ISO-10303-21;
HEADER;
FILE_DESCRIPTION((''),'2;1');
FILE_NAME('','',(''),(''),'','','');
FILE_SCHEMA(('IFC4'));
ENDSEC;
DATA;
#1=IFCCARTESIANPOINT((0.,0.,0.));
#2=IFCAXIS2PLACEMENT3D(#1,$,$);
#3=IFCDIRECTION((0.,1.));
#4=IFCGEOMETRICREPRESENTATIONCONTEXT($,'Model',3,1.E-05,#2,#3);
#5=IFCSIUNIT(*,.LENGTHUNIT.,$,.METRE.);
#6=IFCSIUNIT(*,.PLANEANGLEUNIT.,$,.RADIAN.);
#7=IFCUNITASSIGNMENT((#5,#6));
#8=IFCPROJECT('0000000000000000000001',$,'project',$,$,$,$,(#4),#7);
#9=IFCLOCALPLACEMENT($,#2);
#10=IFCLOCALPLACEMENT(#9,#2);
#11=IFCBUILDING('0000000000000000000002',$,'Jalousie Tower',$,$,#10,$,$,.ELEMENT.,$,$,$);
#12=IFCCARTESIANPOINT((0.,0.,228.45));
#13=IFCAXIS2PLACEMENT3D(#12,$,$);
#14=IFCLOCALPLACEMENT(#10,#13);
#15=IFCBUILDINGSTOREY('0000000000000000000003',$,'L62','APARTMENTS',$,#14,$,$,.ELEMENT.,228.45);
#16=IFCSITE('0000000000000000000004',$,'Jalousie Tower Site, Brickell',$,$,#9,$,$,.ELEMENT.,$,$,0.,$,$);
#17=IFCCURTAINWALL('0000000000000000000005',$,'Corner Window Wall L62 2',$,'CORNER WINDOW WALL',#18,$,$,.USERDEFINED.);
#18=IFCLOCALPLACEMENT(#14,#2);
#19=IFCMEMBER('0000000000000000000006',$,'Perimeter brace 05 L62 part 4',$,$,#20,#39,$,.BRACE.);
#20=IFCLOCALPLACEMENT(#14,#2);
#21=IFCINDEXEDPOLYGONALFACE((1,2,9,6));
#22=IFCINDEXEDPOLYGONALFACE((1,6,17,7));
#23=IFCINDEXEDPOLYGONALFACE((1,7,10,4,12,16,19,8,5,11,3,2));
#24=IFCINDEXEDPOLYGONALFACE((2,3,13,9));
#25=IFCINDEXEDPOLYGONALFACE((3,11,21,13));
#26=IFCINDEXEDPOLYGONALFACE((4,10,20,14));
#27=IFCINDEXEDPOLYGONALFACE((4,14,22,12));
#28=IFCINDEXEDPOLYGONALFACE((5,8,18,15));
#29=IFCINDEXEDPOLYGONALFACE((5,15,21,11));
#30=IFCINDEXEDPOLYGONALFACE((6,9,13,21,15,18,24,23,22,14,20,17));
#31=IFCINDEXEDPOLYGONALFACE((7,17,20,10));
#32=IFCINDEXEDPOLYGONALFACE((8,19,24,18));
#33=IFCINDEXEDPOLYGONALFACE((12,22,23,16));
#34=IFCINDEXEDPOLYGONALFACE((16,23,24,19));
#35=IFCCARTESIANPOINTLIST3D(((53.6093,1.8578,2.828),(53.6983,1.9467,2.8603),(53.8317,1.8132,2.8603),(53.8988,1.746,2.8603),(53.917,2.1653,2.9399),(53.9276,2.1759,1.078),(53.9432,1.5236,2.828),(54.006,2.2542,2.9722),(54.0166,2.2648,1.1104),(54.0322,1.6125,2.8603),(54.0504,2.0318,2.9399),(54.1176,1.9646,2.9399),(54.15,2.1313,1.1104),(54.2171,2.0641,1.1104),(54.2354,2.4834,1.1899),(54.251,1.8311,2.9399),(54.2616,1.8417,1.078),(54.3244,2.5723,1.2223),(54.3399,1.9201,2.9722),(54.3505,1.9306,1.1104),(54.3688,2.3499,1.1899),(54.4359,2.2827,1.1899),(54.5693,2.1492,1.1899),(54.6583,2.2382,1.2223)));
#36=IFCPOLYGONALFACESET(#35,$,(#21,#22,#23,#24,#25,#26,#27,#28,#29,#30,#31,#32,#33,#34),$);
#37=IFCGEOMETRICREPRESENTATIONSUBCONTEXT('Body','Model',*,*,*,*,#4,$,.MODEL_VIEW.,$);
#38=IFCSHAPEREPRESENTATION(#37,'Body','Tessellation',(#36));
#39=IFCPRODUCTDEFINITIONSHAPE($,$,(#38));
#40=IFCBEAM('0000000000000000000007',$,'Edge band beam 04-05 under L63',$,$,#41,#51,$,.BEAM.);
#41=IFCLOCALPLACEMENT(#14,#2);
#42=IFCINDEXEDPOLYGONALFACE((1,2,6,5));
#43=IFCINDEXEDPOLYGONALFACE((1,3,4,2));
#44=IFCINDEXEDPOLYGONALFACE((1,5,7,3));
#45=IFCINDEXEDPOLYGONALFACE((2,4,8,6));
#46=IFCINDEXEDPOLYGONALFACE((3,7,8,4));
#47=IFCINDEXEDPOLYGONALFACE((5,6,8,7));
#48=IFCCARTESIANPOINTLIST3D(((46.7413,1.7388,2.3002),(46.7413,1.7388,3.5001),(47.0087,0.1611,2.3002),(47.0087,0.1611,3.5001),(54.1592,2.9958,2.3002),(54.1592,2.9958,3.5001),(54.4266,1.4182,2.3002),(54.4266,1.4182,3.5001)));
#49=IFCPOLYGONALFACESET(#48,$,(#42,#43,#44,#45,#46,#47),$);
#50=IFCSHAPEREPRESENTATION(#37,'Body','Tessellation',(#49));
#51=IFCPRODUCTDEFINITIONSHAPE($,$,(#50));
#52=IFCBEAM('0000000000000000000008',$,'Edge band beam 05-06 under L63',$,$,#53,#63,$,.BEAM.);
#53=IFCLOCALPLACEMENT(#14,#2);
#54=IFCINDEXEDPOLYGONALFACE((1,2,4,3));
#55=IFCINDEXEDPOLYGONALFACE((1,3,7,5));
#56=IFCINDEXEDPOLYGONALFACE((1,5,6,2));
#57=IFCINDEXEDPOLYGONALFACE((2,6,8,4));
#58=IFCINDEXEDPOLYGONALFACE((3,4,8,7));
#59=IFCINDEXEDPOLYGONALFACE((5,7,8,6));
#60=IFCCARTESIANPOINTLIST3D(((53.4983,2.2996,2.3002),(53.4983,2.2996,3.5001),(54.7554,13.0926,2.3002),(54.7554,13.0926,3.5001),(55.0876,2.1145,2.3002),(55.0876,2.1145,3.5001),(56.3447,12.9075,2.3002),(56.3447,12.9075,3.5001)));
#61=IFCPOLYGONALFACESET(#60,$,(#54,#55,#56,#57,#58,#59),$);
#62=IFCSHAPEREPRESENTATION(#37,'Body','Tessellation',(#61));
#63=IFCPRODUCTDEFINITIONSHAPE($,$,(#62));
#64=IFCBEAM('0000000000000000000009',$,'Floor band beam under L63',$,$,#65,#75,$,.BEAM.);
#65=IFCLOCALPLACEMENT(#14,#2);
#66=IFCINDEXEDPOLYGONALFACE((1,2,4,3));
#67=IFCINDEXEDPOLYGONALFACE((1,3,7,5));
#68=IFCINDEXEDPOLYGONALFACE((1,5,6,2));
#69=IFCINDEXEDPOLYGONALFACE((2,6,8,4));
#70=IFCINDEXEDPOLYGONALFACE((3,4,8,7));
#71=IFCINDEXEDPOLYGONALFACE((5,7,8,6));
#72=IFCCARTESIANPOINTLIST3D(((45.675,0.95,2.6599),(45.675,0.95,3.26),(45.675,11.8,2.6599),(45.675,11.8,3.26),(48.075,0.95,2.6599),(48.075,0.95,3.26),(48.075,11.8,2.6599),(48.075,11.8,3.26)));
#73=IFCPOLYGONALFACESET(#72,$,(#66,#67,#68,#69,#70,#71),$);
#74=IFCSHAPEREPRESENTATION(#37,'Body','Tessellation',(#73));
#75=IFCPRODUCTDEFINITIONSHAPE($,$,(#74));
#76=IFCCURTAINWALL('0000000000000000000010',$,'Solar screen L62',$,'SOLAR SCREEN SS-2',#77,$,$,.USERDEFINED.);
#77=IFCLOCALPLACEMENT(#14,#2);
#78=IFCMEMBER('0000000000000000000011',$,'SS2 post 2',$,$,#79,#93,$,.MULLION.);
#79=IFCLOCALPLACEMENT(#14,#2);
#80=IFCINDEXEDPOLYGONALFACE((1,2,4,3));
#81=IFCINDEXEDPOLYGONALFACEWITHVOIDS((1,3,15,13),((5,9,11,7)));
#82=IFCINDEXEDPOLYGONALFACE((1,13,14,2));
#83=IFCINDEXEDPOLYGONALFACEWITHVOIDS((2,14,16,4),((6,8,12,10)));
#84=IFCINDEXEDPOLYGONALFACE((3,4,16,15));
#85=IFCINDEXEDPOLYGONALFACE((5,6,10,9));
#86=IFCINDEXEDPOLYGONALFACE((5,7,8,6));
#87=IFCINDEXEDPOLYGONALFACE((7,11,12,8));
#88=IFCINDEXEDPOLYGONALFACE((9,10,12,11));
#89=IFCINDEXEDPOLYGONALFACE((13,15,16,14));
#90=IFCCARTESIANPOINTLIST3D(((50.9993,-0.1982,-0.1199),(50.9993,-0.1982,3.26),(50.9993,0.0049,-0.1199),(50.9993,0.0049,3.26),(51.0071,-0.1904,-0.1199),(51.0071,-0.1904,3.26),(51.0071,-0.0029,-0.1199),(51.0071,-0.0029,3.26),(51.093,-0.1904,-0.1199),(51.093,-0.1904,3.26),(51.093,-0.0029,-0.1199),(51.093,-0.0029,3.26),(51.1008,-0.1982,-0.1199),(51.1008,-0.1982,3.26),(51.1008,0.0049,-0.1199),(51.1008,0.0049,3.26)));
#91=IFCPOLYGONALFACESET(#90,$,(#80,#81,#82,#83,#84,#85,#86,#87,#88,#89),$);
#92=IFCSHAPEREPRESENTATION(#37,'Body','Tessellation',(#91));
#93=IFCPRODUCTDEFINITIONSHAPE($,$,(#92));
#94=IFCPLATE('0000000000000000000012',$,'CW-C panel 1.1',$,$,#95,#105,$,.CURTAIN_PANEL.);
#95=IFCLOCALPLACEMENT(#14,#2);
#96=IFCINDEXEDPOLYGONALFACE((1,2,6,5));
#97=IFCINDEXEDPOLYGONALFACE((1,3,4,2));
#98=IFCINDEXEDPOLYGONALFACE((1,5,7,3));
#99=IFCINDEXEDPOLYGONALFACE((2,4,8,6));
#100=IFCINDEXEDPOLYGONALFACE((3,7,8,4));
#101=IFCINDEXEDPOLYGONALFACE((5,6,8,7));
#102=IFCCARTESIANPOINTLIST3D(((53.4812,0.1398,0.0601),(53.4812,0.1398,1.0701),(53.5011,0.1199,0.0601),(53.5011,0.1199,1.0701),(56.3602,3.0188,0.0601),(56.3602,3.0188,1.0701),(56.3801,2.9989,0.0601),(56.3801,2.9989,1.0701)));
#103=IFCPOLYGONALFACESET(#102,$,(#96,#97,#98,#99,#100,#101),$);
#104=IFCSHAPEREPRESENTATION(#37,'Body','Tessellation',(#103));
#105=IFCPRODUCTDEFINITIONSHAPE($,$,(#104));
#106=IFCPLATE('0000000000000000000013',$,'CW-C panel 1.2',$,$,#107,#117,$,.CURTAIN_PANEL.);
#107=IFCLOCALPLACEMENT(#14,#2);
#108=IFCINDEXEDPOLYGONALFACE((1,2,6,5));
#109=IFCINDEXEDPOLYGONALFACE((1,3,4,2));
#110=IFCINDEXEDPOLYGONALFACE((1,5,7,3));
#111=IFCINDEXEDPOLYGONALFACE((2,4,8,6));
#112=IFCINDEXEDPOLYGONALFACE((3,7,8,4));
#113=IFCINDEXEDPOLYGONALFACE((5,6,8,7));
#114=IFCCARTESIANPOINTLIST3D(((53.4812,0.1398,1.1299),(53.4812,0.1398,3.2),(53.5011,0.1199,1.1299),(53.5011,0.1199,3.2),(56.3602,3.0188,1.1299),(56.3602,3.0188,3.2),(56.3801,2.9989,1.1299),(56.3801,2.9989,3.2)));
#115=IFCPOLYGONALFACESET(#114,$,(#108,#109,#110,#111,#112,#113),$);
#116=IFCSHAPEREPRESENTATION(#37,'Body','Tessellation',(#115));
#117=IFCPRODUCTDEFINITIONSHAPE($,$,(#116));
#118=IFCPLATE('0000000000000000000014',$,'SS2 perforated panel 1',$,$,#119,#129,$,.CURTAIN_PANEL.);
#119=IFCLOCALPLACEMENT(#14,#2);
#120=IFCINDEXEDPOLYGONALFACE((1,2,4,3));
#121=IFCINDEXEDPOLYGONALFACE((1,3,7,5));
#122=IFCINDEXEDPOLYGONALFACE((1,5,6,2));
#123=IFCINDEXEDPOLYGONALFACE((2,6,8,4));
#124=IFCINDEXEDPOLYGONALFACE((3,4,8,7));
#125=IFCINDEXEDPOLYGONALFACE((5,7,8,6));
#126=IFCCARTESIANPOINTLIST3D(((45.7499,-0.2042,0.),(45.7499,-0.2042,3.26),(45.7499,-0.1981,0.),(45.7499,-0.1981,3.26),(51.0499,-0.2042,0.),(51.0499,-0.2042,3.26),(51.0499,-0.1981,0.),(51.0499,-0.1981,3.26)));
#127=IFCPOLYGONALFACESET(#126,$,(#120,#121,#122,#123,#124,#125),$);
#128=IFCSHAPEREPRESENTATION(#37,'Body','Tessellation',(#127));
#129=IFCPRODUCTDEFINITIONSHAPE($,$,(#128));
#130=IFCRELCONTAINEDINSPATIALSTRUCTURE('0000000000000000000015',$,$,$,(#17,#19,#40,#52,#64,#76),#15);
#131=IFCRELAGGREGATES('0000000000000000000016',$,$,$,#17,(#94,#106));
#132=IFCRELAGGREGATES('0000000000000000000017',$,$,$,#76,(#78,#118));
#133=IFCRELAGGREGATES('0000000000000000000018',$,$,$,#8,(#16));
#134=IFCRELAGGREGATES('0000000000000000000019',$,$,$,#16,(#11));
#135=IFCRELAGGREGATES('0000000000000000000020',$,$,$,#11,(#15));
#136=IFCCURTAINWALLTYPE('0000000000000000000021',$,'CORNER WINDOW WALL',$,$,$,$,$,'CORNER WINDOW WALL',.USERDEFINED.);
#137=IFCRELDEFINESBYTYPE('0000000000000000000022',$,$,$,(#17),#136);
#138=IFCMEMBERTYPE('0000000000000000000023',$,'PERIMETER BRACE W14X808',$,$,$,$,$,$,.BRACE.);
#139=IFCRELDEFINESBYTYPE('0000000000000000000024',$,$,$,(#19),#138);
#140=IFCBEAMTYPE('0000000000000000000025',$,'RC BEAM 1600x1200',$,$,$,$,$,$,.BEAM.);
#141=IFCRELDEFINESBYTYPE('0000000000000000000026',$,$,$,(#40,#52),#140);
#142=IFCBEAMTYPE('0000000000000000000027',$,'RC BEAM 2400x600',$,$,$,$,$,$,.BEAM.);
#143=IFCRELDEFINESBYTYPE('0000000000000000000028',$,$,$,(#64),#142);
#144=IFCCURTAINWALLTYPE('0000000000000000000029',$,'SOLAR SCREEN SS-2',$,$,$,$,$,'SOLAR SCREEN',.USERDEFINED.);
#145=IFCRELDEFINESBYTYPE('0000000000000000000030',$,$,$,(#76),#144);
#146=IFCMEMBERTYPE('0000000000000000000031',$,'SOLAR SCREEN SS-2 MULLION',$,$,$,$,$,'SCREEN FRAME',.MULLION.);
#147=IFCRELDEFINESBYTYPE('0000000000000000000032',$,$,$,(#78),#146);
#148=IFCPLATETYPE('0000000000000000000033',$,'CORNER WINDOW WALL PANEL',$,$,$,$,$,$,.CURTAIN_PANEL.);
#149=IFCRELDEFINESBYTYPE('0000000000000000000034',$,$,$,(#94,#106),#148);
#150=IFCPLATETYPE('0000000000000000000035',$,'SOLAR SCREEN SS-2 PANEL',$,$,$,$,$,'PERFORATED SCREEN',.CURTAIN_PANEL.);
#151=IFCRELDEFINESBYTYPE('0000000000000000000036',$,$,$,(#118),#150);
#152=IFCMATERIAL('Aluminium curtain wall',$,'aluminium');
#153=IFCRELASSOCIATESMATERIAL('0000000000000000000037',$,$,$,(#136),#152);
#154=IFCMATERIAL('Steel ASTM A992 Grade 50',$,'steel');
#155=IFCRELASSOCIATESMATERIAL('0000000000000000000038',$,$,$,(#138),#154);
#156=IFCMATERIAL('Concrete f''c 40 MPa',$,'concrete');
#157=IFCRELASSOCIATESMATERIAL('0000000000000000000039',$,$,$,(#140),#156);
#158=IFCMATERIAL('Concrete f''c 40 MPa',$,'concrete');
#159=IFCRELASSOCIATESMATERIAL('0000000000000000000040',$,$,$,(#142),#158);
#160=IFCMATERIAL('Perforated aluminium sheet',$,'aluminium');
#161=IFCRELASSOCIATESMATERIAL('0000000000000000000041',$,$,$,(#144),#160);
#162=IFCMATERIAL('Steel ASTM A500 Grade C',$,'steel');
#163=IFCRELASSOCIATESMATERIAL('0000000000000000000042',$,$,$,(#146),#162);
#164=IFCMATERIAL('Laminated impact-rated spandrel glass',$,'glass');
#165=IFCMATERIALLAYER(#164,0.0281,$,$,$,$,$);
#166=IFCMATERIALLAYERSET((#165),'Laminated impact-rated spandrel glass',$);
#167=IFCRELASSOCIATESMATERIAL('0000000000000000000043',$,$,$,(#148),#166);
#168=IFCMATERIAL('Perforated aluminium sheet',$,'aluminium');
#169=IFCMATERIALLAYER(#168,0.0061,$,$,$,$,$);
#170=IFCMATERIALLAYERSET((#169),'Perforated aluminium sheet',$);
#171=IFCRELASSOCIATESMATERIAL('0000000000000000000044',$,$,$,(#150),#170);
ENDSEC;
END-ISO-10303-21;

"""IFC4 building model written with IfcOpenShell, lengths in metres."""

from ifc_helpers import new_model, si_unit, direction, frame, origin, origin_2d, place, context, subcontext, project, spatial, rectangle, hollow_rectangle, i_section, extrude, material, layer, layer_set, material_profile, profile_set, type_object, element, aggregate, save


model = new_model("IFC4")

# Units and contexts
model_context = context("Model", 3, precision=1e-05, world=origin(), true_north=direction((0.0, 1.0)))
body_context = subcontext(model_context, "Body", "Model", "MODEL_VIEW")
ifc_project = project(units=[si_unit("LENGTHUNIT", "METRE"), si_unit("PLANEANGLEUNIT", "RADIAN")], contexts=[model_context])

# Site, building, storey
site_placement = place(None, origin())
site = spatial("IfcSite", under=ifc_project, at=site_placement, Name="Jalousie Tower Site, Brickell", CompositionType="ELEMENT", RefElevation=0.0)
building_placement = place(site_placement, origin())
building = spatial("IfcBuilding", under=site, at=building_placement, Name="Jalousie Tower", CompositionType="ELEMENT")
storey_placement = place(building_placement, frame((0.0, 0.0, 228.45)))
storey = spatial("IfcBuildingStorey", under=building, at=storey_placement, Name="L62", Description="APARTMENTS", CompositionType="ELEMENT", Elevation=228.45)

# Curtain wall
ifc_material_1 = material(Name="Aluminium curtain wall", Category="aluminium")
curtain_wall_type_1 = type_object("IfcCurtainWallType", Name="CORNER WINDOW WALL", ElementType="CORNER WINDOW WALL", PredefinedType="USERDEFINED", material=ifc_material_1)
curtain_wall_1_placement = place(storey_placement, origin())
curtain_wall_1 = element("IfcCurtainWall", 1, at=curtain_wall_1_placement, inside=storey, type_object=curtain_wall_type_1, Name="Corner Window Wall L62 2", ObjectType="CORNER WINDOW WALL", PredefinedType="USERDEFINED")

# Member
ifc_material_2 = material(Name="Steel ASTM A992 Grade 50", Category="steel")
ifc_material_profile_1 = material_profile(ifc_material_2, i_section(OverallWidth=0.4724, OverallDepth=0.5791, WebThickness=0.095, FlangeThickness=0.1299, at=origin_2d()), Name="W14X808")
ifc_profile_set_1 = profile_set([ifc_material_profile_1], Name="Steel ASTM A992 Grade 50")
member_type_1 = type_object("IfcMemberType", Name="PERIMETER BRACE W14X808", PredefinedType="BRACE", material=ifc_profile_set_1)
for number, where, z_axis, x_axis, name in (
    (2, (54.293, 2.207, 1.1501), (-0.176187, -0.176051, 0.968486), (0.706835, -0.707378, 0.0), "Perimeter brace 05 L62 part 4"),
):
    element("IfcMember", number, at=place(storey_placement, frame(where, z_axis=z_axis, x_axis=x_axis)), inside=storey, type_object=member_type_1, Name=name, PredefinedType="BRACE", context=body_context, shape_type="SweptSolid", body=[
        extrude(i_section(OverallWidth=0.4724, OverallDepth=0.5791, WebThickness=0.095, FlangeThickness=0.1299, at=origin_2d()), origin(), (0.0, 0.0, 1.0), 1.8069),
    ])

# Beams
ifc_material_3 = material(Name="Concrete f'c 40 MPa", Category="concrete")
ifc_material_profile_2 = material_profile(ifc_material_3, rectangle(XDim=1.6001, YDim=1.2, at=origin_2d()), Name="RC 1600x1200")
ifc_profile_set_2 = profile_set([ifc_material_profile_2], Name="Concrete f'c 40 MPa")
beam_type_1 = type_object("IfcBeamType", Name="RC BEAM 1600x1200", PredefinedType="BEAM", material=ifc_profile_set_2)
beam_1_placement = place(storey_placement, frame((46.875, 0.95, 2.9001), z_axis=(0.985943, 0.167082, 0.0), x_axis=(-0.167082, 0.985943, 0.0)))
element("IfcBeam", 3, at=beam_1_placement, inside=storey, type_object=beam_type_1, Name="Edge band beam 04-05 under L63", PredefinedType="BEAM", context=body_context, shape_type="SweptSolid", body=[
    extrude(rectangle(XDim=1.6001, YDim=1.2, at=origin_2d()), origin(), (0.0, 0.0, 1.0), 7.5237),
])
beam_2_placement = place(storey_placement, frame((54.293, 2.207, 2.9001), z_axis=(0.11569, 0.993285, 0.0), x_axis=(-0.993285, 0.11569, 0.0)))
element("IfcBeam", 4, at=beam_2_placement, inside=storey, type_object=beam_type_1, Name="Edge band beam 05-06 under L63", PredefinedType="BEAM", context=body_context, shape_type="SweptSolid", body=[
    extrude(rectangle(XDim=1.6001, YDim=1.2, at=origin_2d()), origin(), (0.0, 0.0, 1.0), 10.866),
])
ifc_material_4 = material(Name="Concrete f'c 40 MPa", Category="concrete")
ifc_material_profile_3 = material_profile(ifc_material_4, rectangle(XDim=2.3999, YDim=0.6001, at=origin_2d()), Name="RC 2400x600")
ifc_profile_set_3 = profile_set([ifc_material_profile_3], Name="Concrete f'c 40 MPa")
beam_type_2 = type_object("IfcBeamType", Name="RC BEAM 2400x600", PredefinedType="BEAM", material=ifc_profile_set_3)
beam_3_placement = place(storey_placement, frame((46.875, 0.95, 2.96), z_axis=(0.0, 1.0, 0.0), x_axis=(-1.0, 0.0, 0.0)))
element("IfcBeam", 5, at=beam_3_placement, inside=storey, type_object=beam_type_2, Name="Floor band beam under L63", PredefinedType="BEAM", context=body_context, shape_type="SweptSolid", body=[
    extrude(rectangle(XDim=2.3999, YDim=0.6001, at=origin_2d()), origin(), (0.0, 0.0, 1.0), 10.8501),
])

# Curtain wall, member
ifc_material_5 = material(Name="Perforated aluminium sheet", Category="aluminium")
curtain_wall_type_2 = type_object("IfcCurtainWallType", Name="SOLAR SCREEN SS-2", ElementType="SOLAR SCREEN", PredefinedType="USERDEFINED", material=ifc_material_5)
curtain_wall_2_placement = place(storey_placement, origin())
curtain_wall_2 = element("IfcCurtainWall", 6, at=curtain_wall_2_placement, inside=storey, type_object=curtain_wall_type_2, Name="Solar screen L62", ObjectType="SOLAR SCREEN SS-2", PredefinedType="USERDEFINED")
ifc_material_6 = material(Name="Steel ASTM A500 Grade C", Category="steel")
ifc_material_profile_4 = material_profile(ifc_material_6, hollow_rectangle(XDim=0.1016, YDim=0.2031, WallThickness=0.0078, at=origin_2d()), Name="HSS8X4X5/16")
ifc_profile_set_4 = profile_set([ifc_material_profile_4], Name="Steel ASTM A500 Grade C")
member_type_2 = type_object("IfcMemberType", Name="SOLAR SCREEN SS-2 MULLION", ElementType="SCREEN FRAME", PredefinedType="MULLION", material=ifc_profile_set_4)
member_1_placement = place(storey_placement, frame((51.05, -0.0967, -0.1199), z_axis=(0.0, 0.0, 1.0), x_axis=(1.0, 0.0, 0.0)))
member_1 = element("IfcMember", 7, at=member_1_placement, type_object=member_type_2, Name="SS2 post 2", PredefinedType="MULLION", context=body_context, shape_type="SweptSolid", body=[
    extrude(hollow_rectangle(XDim=0.1016, YDim=0.2031, WallThickness=0.0078, at=origin_2d()), origin(), (0.0, 0.0, 1.0), 3.3799),
])

# Plates
ifc_material_7 = material(Name="Laminated impact-rated spandrel glass", Category="glass")
ifc_layer_1 = layer(ifc_material_7, 0.0281)
ifc_layer_set_1 = layer_set([ifc_layer_1], Name="Laminated impact-rated spandrel glass")
plate_type_1 = type_object("IfcPlateType", Name="CORNER WINDOW WALL PANEL", PredefinedType="CURTAIN_PANEL", material=ifc_layer_set_1)
plate_1_placement = place(storey_placement, frame((54.9307, 1.5693, 0.0601), z_axis=(0.0, 0.0, 1.0), x_axis=(0.707107, 0.707107, 0.0)))
plate_1 = element("IfcPlate", 8, at=plate_1_placement, type_object=plate_type_1, Name="CW-C panel 1.1", PredefinedType="CURTAIN_PANEL", context=body_context, shape_type="SweptSolid", body=[
    extrude(rectangle(XDim=4.0715, YDim=0.0281, at=origin_2d()), origin(), (0.0, 0.0, 1.0), 1.01),
])
plate_2_placement = place(storey_placement, frame((54.9307, 1.5693, 1.1299), z_axis=(0.0, 0.0, 1.0), x_axis=(0.707107, 0.707107, 0.0)))
plate_2 = element("IfcPlate", 9, at=plate_2_placement, type_object=plate_type_1, Name="CW-C panel 1.2", PredefinedType="CURTAIN_PANEL", context=body_context, shape_type="SweptSolid", body=[
    extrude(rectangle(XDim=4.0715, YDim=0.0281, at=origin_2d()), origin(), (0.0, 0.0, 1.0), 2.0701),
])
aggregate(curtain_wall_1, [plate_1, plate_2])
ifc_material_8 = material(Name="Perforated aluminium sheet", Category="aluminium")
ifc_layer_2 = layer(ifc_material_8, 0.0061)
ifc_layer_set_2 = layer_set([ifc_layer_2], Name="Perforated aluminium sheet")
plate_type_2 = type_object("IfcPlateType", Name="SOLAR SCREEN SS-2 PANEL", ElementType="PERFORATED SCREEN", PredefinedType="CURTAIN_PANEL", material=ifc_layer_set_2)
plate_3_placement = place(storey_placement, frame((48.3999, -0.2012, 0.0), z_axis=(0.0, 0.0, 1.0), x_axis=(1.0, 0.0, 0.0)))
plate_3 = element("IfcPlate", 10, at=plate_3_placement, type_object=plate_type_2, Name="SS2 perforated panel 1", PredefinedType="CURTAIN_PANEL", context=body_context, shape_type="SweptSolid", body=[
    extrude(rectangle(XDim=5.3, YDim=0.0061, at=origin_2d()), origin(), (0.0, 0.0, 1.0), 3.26),
])
aggregate(curtain_wall_2, [member_1, plate_3])

save(model, "model.ifc")
